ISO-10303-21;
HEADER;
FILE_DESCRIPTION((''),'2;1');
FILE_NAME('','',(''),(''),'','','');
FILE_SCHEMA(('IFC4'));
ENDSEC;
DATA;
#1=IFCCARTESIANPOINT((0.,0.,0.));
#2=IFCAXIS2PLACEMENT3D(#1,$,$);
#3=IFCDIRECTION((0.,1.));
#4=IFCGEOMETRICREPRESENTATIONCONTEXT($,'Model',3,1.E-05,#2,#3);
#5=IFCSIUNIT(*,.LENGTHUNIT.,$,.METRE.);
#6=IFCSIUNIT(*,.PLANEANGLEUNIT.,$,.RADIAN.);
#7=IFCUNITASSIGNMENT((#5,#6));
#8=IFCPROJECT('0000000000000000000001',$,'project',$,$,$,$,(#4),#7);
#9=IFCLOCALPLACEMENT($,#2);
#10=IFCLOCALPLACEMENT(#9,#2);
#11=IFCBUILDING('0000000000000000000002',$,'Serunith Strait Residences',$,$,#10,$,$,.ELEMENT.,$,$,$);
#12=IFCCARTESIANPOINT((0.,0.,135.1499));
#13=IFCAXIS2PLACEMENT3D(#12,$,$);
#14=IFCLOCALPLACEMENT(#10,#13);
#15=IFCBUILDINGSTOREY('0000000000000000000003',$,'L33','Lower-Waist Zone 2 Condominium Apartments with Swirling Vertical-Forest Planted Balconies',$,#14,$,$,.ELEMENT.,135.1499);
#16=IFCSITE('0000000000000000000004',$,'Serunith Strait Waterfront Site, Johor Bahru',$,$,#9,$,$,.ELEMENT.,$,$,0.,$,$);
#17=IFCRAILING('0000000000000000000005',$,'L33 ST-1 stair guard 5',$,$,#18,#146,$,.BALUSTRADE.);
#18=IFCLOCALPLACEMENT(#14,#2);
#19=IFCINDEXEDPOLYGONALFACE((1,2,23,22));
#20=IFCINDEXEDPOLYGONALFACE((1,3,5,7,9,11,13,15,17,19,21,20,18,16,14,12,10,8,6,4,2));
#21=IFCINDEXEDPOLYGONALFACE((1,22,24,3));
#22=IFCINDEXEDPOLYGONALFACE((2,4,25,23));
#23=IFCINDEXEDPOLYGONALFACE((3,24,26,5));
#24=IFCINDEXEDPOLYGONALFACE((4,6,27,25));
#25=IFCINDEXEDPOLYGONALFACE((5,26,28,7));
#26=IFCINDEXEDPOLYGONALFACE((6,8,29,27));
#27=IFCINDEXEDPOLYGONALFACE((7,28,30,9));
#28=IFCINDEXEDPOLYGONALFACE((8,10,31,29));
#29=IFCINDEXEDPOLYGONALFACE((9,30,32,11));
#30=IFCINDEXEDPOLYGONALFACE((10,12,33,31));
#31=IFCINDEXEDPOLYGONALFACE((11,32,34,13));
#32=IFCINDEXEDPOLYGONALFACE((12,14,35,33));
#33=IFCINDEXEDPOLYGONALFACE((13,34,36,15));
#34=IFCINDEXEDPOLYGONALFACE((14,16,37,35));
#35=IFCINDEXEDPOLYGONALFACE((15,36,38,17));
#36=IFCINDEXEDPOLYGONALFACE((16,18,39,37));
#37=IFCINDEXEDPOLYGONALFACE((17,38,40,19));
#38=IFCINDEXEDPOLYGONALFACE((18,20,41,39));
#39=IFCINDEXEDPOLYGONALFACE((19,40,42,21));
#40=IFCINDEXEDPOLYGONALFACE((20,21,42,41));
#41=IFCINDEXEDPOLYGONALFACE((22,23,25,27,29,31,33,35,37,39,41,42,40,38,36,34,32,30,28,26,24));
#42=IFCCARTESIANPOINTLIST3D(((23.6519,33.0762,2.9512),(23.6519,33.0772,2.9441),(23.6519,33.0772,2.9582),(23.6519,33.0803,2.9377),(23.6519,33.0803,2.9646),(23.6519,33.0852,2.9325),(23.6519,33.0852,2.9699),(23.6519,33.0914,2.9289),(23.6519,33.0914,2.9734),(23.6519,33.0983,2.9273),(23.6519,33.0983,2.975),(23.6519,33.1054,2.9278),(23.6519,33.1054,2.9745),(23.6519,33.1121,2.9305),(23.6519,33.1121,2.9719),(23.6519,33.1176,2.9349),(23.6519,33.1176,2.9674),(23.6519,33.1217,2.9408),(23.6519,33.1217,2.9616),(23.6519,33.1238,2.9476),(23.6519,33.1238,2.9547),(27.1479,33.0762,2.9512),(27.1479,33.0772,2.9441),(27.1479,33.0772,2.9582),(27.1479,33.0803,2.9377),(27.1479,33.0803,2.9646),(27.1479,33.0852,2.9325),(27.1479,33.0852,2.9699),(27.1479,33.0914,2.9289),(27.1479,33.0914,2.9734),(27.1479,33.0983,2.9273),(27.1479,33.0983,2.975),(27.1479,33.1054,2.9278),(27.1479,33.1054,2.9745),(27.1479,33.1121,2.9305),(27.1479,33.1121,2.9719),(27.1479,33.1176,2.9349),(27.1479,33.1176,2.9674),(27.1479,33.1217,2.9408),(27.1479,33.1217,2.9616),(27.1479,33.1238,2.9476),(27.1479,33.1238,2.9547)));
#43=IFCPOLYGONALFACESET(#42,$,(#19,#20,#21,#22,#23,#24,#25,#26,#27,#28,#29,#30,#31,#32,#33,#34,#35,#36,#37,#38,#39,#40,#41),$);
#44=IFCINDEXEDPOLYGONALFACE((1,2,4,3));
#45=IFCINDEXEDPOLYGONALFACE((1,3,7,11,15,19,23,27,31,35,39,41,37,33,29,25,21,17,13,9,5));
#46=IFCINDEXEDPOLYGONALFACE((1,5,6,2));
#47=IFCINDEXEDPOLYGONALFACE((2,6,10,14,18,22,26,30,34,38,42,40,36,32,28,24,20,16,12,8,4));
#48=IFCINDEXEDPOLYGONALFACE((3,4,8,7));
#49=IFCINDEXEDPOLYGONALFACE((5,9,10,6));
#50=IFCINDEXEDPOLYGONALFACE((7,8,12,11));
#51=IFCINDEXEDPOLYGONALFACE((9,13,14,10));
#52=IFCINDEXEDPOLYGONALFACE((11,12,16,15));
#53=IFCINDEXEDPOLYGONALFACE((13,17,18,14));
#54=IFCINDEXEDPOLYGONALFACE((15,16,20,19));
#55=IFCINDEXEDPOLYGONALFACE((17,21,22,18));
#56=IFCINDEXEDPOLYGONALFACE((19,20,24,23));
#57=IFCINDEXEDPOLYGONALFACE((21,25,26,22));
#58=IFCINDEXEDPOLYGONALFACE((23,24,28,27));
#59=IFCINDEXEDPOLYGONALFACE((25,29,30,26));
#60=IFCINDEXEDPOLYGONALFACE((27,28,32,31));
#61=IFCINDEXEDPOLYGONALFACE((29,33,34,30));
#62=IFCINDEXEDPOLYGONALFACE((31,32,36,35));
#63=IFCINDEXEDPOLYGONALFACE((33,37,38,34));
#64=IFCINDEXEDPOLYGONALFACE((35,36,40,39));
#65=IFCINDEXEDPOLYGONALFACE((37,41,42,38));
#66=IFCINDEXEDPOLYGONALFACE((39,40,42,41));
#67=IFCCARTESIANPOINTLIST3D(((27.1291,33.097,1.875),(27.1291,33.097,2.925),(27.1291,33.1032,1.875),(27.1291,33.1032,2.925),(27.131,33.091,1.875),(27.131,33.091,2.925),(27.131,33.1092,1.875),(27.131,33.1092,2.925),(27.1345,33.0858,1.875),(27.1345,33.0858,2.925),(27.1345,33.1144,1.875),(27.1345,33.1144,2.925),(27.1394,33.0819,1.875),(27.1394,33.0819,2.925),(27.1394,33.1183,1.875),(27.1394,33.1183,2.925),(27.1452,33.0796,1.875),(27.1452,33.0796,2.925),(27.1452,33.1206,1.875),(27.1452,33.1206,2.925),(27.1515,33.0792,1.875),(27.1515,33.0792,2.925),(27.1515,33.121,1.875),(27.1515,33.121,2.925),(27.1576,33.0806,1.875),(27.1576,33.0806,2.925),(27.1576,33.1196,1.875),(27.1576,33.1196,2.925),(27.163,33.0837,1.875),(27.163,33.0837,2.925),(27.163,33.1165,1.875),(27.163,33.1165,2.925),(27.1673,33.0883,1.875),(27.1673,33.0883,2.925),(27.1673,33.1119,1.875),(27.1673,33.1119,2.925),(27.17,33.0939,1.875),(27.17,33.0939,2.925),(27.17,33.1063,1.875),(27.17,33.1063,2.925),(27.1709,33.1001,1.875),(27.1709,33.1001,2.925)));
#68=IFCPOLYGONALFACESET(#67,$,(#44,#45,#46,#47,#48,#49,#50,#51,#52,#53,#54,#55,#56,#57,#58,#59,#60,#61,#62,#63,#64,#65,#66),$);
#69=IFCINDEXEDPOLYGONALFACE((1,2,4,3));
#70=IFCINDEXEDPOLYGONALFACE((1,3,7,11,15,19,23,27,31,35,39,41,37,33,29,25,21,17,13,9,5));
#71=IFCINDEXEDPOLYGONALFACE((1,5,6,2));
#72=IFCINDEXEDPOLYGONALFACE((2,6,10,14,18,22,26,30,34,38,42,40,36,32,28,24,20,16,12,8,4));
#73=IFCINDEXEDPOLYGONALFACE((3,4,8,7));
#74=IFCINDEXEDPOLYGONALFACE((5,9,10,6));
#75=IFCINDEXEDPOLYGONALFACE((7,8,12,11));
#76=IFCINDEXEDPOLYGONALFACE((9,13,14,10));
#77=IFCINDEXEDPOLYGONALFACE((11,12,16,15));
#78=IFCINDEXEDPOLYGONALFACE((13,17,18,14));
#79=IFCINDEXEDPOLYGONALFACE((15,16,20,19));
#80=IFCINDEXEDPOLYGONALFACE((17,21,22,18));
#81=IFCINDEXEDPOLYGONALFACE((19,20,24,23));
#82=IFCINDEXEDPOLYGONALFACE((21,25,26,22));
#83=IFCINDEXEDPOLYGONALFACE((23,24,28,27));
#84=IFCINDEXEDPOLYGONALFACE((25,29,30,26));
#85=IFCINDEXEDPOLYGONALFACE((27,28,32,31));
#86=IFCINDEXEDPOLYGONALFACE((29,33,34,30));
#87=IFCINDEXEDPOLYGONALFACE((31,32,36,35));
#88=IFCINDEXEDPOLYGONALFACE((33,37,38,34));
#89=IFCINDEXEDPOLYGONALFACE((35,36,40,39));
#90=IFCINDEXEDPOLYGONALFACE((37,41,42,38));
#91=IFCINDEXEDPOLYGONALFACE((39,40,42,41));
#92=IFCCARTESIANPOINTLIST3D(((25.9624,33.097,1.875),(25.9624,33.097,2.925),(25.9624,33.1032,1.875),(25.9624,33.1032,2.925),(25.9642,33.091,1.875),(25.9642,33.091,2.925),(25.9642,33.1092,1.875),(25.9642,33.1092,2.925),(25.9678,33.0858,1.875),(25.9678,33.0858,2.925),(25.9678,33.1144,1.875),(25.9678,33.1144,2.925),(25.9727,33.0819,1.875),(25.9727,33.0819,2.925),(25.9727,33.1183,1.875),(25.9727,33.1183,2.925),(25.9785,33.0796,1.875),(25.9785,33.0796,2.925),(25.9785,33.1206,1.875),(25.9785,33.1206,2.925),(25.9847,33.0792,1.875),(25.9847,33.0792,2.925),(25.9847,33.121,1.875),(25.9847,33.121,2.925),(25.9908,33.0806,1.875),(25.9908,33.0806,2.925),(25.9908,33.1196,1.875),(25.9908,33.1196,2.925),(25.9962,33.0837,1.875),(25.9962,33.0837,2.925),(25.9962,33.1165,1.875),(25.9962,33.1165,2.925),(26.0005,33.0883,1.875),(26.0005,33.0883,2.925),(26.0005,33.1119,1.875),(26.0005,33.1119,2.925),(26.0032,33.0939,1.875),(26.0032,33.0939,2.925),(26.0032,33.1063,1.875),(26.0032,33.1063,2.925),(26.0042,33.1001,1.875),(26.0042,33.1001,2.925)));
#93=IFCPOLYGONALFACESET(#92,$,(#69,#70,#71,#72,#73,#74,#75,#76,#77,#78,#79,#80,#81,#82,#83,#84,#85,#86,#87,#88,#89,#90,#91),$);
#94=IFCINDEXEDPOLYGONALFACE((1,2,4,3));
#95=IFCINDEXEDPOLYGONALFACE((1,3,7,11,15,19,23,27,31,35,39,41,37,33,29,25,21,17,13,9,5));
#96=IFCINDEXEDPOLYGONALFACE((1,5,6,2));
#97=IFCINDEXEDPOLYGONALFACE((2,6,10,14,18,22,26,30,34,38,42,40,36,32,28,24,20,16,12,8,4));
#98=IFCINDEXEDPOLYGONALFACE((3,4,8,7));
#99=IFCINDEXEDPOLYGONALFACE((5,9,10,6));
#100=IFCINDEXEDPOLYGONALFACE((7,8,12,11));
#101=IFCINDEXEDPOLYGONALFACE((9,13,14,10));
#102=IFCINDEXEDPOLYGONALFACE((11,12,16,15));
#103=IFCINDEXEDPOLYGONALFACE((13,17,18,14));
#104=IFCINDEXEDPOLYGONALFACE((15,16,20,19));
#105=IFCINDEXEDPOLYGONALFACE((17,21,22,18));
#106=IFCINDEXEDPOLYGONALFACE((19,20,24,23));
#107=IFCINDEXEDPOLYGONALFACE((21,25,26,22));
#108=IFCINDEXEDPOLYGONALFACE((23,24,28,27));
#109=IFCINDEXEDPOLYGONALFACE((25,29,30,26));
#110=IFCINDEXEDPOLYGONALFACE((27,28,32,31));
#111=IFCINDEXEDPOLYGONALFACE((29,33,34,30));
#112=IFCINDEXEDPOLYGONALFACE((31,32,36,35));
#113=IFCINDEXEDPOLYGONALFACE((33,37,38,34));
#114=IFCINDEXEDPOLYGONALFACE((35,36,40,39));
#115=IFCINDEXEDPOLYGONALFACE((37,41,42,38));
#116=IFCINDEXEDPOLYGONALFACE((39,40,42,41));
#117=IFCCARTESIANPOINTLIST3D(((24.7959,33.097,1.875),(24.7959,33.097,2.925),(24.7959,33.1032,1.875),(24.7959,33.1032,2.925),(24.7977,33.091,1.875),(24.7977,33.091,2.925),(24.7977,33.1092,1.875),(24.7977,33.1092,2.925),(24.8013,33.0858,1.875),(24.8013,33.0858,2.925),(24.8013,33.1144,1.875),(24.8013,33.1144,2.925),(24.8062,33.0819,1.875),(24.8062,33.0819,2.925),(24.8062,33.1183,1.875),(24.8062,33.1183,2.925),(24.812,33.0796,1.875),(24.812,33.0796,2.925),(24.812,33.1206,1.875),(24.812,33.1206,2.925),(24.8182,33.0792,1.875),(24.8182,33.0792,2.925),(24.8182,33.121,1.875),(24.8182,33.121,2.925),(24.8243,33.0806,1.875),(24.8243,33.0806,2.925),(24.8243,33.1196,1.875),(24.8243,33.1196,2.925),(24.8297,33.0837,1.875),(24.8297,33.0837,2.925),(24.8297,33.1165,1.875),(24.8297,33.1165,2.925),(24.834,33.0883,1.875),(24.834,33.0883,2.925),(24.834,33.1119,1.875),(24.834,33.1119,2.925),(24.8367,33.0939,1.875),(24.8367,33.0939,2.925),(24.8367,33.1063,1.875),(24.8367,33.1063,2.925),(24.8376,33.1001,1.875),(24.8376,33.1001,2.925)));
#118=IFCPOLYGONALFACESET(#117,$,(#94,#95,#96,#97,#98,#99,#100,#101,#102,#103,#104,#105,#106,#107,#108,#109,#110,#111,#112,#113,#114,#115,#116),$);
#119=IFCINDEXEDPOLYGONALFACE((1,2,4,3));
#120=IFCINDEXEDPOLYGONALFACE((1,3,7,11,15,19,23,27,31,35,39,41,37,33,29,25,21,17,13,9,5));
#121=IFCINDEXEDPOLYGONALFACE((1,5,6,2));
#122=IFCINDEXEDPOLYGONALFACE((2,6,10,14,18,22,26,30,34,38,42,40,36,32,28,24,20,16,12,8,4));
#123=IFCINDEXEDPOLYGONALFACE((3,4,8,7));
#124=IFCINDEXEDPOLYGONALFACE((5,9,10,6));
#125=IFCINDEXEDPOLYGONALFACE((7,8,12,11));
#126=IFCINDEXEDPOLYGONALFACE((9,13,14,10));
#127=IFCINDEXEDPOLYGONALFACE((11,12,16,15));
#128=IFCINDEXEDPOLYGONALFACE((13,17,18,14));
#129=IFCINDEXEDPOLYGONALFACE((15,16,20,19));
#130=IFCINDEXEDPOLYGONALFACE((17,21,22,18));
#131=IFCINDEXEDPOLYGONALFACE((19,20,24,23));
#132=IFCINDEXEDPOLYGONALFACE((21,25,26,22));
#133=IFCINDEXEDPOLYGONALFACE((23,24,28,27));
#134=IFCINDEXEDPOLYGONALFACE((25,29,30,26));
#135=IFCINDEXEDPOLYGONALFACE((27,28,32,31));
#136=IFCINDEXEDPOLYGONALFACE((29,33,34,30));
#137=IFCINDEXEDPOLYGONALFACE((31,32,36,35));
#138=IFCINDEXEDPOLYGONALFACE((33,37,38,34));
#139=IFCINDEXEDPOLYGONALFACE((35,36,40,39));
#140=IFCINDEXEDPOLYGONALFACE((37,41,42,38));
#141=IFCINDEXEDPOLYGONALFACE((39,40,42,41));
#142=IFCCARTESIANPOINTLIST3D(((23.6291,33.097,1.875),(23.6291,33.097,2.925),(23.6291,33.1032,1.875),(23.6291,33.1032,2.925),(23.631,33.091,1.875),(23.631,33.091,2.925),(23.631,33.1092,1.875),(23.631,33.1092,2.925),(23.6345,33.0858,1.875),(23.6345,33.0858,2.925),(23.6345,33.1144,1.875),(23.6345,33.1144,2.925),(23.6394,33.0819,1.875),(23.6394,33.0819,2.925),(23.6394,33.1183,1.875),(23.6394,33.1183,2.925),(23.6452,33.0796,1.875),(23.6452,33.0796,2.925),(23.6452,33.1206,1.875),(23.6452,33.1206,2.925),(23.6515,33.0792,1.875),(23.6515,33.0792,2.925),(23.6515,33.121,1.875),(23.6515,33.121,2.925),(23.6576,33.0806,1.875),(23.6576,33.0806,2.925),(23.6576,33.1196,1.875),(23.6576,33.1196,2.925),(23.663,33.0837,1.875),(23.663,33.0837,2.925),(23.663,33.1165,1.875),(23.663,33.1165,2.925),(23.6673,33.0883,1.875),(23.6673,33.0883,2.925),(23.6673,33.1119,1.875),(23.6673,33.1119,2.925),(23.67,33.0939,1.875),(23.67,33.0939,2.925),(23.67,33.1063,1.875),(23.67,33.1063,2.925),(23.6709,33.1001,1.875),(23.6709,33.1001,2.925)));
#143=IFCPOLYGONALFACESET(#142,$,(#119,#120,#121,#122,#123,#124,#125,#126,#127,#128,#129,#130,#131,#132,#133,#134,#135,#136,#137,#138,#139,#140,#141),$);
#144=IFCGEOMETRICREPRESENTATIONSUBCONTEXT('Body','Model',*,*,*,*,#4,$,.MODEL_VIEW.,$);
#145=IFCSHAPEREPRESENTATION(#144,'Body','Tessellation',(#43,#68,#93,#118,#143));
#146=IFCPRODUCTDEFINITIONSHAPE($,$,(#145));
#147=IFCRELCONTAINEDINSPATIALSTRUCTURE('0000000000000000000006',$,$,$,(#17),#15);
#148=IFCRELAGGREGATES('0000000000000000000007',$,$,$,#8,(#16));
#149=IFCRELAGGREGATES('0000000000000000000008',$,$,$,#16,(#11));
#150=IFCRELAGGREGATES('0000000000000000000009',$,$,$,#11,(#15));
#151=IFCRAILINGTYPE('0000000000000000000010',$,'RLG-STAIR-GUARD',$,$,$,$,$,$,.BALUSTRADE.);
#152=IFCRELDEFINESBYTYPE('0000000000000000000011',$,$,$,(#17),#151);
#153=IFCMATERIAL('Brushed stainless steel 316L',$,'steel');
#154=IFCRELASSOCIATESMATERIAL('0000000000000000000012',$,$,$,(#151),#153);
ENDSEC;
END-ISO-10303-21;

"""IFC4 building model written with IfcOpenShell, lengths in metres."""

from ifc_helpers import new_model, si_unit, direction, frame, origin, origin_2d, place, context, subcontext, project, spatial, circle, extrude, material, type_object, element, save


model = new_model("IFC4")

# Units and contexts
model_context = context("Model", 3, precision=1e-05, world=origin(), true_north=direction((0.0, 1.0)))
body_context = subcontext(model_context, "Body", "Model", "MODEL_VIEW")
ifc_project = project(units=[si_unit("LENGTHUNIT", "METRE"), si_unit("PLANEANGLEUNIT", "RADIAN")], contexts=[model_context])

# Site, building, storey
site_placement = place(None, origin())
site = spatial("IfcSite", under=ifc_project, at=site_placement, Name="Serunith Strait Waterfront Site, Johor Bahru", CompositionType="ELEMENT", RefElevation=0.0)
building_placement = place(site_placement, origin())
building = spatial("IfcBuilding", under=site, at=building_placement, Name="Serunith Strait Residences", CompositionType="ELEMENT")
storey_placement = place(building_placement, frame((0.0, 0.0, 135.1499)))
storey = spatial("IfcBuildingStorey", under=building, at=storey_placement, Name="L33", Description="Lower-Waist Zone 2 Condominium Apartments with Swirling Vertical-Forest Planted Balconies", CompositionType="ELEMENT", Elevation=135.1499)

# Railing
ifc_material_1 = material(Name="Brushed stainless steel 316L", Category="steel")
railing_type_1 = type_object("IfcRailingType", Name="RLG-STAIR-GUARD", PredefinedType="BALUSTRADE", material=ifc_material_1)
railing_1_placement = place(storey_placement, frame((27.1499, 33.1001, 1.875)))
element("IfcRailing", 1, at=railing_1_placement, inside=storey, type_object=railing_type_1, Name="L33 ST-1 stair guard 5", PredefinedType="BALUSTRADE", context=body_context, shape_type="SweptSolid", body=[
    extrude(circle(Radius=0.0239, at=origin_2d()), frame((-0.002, 0.0, 1.0762), z_axis=(-1.0, 0.0, 0.0), x_axis=(0.0, -1.0, 0.0)), (0.0, 0.0, 1.0), 3.4961),
    extrude(circle(Radius=0.021, at=origin_2d()), origin(), (0.0, 0.0, 1.0), 1.05),
    extrude(circle(Radius=0.021, at=origin_2d()), frame((-1.1667, 0.0, 0.0)), (0.0, 0.0, 1.0), 1.05),
    extrude(circle(Radius=0.021, at=origin_2d()), frame((-2.3333, 0.0, 0.0)), (0.0, 0.0, 1.0), 1.05),
    extrude(circle(Radius=0.021, at=origin_2d()), frame((-3.5, 0.0, 0.0)), (0.0, 0.0, 1.0), 1.05),
])

save(model, "model.ifc")
